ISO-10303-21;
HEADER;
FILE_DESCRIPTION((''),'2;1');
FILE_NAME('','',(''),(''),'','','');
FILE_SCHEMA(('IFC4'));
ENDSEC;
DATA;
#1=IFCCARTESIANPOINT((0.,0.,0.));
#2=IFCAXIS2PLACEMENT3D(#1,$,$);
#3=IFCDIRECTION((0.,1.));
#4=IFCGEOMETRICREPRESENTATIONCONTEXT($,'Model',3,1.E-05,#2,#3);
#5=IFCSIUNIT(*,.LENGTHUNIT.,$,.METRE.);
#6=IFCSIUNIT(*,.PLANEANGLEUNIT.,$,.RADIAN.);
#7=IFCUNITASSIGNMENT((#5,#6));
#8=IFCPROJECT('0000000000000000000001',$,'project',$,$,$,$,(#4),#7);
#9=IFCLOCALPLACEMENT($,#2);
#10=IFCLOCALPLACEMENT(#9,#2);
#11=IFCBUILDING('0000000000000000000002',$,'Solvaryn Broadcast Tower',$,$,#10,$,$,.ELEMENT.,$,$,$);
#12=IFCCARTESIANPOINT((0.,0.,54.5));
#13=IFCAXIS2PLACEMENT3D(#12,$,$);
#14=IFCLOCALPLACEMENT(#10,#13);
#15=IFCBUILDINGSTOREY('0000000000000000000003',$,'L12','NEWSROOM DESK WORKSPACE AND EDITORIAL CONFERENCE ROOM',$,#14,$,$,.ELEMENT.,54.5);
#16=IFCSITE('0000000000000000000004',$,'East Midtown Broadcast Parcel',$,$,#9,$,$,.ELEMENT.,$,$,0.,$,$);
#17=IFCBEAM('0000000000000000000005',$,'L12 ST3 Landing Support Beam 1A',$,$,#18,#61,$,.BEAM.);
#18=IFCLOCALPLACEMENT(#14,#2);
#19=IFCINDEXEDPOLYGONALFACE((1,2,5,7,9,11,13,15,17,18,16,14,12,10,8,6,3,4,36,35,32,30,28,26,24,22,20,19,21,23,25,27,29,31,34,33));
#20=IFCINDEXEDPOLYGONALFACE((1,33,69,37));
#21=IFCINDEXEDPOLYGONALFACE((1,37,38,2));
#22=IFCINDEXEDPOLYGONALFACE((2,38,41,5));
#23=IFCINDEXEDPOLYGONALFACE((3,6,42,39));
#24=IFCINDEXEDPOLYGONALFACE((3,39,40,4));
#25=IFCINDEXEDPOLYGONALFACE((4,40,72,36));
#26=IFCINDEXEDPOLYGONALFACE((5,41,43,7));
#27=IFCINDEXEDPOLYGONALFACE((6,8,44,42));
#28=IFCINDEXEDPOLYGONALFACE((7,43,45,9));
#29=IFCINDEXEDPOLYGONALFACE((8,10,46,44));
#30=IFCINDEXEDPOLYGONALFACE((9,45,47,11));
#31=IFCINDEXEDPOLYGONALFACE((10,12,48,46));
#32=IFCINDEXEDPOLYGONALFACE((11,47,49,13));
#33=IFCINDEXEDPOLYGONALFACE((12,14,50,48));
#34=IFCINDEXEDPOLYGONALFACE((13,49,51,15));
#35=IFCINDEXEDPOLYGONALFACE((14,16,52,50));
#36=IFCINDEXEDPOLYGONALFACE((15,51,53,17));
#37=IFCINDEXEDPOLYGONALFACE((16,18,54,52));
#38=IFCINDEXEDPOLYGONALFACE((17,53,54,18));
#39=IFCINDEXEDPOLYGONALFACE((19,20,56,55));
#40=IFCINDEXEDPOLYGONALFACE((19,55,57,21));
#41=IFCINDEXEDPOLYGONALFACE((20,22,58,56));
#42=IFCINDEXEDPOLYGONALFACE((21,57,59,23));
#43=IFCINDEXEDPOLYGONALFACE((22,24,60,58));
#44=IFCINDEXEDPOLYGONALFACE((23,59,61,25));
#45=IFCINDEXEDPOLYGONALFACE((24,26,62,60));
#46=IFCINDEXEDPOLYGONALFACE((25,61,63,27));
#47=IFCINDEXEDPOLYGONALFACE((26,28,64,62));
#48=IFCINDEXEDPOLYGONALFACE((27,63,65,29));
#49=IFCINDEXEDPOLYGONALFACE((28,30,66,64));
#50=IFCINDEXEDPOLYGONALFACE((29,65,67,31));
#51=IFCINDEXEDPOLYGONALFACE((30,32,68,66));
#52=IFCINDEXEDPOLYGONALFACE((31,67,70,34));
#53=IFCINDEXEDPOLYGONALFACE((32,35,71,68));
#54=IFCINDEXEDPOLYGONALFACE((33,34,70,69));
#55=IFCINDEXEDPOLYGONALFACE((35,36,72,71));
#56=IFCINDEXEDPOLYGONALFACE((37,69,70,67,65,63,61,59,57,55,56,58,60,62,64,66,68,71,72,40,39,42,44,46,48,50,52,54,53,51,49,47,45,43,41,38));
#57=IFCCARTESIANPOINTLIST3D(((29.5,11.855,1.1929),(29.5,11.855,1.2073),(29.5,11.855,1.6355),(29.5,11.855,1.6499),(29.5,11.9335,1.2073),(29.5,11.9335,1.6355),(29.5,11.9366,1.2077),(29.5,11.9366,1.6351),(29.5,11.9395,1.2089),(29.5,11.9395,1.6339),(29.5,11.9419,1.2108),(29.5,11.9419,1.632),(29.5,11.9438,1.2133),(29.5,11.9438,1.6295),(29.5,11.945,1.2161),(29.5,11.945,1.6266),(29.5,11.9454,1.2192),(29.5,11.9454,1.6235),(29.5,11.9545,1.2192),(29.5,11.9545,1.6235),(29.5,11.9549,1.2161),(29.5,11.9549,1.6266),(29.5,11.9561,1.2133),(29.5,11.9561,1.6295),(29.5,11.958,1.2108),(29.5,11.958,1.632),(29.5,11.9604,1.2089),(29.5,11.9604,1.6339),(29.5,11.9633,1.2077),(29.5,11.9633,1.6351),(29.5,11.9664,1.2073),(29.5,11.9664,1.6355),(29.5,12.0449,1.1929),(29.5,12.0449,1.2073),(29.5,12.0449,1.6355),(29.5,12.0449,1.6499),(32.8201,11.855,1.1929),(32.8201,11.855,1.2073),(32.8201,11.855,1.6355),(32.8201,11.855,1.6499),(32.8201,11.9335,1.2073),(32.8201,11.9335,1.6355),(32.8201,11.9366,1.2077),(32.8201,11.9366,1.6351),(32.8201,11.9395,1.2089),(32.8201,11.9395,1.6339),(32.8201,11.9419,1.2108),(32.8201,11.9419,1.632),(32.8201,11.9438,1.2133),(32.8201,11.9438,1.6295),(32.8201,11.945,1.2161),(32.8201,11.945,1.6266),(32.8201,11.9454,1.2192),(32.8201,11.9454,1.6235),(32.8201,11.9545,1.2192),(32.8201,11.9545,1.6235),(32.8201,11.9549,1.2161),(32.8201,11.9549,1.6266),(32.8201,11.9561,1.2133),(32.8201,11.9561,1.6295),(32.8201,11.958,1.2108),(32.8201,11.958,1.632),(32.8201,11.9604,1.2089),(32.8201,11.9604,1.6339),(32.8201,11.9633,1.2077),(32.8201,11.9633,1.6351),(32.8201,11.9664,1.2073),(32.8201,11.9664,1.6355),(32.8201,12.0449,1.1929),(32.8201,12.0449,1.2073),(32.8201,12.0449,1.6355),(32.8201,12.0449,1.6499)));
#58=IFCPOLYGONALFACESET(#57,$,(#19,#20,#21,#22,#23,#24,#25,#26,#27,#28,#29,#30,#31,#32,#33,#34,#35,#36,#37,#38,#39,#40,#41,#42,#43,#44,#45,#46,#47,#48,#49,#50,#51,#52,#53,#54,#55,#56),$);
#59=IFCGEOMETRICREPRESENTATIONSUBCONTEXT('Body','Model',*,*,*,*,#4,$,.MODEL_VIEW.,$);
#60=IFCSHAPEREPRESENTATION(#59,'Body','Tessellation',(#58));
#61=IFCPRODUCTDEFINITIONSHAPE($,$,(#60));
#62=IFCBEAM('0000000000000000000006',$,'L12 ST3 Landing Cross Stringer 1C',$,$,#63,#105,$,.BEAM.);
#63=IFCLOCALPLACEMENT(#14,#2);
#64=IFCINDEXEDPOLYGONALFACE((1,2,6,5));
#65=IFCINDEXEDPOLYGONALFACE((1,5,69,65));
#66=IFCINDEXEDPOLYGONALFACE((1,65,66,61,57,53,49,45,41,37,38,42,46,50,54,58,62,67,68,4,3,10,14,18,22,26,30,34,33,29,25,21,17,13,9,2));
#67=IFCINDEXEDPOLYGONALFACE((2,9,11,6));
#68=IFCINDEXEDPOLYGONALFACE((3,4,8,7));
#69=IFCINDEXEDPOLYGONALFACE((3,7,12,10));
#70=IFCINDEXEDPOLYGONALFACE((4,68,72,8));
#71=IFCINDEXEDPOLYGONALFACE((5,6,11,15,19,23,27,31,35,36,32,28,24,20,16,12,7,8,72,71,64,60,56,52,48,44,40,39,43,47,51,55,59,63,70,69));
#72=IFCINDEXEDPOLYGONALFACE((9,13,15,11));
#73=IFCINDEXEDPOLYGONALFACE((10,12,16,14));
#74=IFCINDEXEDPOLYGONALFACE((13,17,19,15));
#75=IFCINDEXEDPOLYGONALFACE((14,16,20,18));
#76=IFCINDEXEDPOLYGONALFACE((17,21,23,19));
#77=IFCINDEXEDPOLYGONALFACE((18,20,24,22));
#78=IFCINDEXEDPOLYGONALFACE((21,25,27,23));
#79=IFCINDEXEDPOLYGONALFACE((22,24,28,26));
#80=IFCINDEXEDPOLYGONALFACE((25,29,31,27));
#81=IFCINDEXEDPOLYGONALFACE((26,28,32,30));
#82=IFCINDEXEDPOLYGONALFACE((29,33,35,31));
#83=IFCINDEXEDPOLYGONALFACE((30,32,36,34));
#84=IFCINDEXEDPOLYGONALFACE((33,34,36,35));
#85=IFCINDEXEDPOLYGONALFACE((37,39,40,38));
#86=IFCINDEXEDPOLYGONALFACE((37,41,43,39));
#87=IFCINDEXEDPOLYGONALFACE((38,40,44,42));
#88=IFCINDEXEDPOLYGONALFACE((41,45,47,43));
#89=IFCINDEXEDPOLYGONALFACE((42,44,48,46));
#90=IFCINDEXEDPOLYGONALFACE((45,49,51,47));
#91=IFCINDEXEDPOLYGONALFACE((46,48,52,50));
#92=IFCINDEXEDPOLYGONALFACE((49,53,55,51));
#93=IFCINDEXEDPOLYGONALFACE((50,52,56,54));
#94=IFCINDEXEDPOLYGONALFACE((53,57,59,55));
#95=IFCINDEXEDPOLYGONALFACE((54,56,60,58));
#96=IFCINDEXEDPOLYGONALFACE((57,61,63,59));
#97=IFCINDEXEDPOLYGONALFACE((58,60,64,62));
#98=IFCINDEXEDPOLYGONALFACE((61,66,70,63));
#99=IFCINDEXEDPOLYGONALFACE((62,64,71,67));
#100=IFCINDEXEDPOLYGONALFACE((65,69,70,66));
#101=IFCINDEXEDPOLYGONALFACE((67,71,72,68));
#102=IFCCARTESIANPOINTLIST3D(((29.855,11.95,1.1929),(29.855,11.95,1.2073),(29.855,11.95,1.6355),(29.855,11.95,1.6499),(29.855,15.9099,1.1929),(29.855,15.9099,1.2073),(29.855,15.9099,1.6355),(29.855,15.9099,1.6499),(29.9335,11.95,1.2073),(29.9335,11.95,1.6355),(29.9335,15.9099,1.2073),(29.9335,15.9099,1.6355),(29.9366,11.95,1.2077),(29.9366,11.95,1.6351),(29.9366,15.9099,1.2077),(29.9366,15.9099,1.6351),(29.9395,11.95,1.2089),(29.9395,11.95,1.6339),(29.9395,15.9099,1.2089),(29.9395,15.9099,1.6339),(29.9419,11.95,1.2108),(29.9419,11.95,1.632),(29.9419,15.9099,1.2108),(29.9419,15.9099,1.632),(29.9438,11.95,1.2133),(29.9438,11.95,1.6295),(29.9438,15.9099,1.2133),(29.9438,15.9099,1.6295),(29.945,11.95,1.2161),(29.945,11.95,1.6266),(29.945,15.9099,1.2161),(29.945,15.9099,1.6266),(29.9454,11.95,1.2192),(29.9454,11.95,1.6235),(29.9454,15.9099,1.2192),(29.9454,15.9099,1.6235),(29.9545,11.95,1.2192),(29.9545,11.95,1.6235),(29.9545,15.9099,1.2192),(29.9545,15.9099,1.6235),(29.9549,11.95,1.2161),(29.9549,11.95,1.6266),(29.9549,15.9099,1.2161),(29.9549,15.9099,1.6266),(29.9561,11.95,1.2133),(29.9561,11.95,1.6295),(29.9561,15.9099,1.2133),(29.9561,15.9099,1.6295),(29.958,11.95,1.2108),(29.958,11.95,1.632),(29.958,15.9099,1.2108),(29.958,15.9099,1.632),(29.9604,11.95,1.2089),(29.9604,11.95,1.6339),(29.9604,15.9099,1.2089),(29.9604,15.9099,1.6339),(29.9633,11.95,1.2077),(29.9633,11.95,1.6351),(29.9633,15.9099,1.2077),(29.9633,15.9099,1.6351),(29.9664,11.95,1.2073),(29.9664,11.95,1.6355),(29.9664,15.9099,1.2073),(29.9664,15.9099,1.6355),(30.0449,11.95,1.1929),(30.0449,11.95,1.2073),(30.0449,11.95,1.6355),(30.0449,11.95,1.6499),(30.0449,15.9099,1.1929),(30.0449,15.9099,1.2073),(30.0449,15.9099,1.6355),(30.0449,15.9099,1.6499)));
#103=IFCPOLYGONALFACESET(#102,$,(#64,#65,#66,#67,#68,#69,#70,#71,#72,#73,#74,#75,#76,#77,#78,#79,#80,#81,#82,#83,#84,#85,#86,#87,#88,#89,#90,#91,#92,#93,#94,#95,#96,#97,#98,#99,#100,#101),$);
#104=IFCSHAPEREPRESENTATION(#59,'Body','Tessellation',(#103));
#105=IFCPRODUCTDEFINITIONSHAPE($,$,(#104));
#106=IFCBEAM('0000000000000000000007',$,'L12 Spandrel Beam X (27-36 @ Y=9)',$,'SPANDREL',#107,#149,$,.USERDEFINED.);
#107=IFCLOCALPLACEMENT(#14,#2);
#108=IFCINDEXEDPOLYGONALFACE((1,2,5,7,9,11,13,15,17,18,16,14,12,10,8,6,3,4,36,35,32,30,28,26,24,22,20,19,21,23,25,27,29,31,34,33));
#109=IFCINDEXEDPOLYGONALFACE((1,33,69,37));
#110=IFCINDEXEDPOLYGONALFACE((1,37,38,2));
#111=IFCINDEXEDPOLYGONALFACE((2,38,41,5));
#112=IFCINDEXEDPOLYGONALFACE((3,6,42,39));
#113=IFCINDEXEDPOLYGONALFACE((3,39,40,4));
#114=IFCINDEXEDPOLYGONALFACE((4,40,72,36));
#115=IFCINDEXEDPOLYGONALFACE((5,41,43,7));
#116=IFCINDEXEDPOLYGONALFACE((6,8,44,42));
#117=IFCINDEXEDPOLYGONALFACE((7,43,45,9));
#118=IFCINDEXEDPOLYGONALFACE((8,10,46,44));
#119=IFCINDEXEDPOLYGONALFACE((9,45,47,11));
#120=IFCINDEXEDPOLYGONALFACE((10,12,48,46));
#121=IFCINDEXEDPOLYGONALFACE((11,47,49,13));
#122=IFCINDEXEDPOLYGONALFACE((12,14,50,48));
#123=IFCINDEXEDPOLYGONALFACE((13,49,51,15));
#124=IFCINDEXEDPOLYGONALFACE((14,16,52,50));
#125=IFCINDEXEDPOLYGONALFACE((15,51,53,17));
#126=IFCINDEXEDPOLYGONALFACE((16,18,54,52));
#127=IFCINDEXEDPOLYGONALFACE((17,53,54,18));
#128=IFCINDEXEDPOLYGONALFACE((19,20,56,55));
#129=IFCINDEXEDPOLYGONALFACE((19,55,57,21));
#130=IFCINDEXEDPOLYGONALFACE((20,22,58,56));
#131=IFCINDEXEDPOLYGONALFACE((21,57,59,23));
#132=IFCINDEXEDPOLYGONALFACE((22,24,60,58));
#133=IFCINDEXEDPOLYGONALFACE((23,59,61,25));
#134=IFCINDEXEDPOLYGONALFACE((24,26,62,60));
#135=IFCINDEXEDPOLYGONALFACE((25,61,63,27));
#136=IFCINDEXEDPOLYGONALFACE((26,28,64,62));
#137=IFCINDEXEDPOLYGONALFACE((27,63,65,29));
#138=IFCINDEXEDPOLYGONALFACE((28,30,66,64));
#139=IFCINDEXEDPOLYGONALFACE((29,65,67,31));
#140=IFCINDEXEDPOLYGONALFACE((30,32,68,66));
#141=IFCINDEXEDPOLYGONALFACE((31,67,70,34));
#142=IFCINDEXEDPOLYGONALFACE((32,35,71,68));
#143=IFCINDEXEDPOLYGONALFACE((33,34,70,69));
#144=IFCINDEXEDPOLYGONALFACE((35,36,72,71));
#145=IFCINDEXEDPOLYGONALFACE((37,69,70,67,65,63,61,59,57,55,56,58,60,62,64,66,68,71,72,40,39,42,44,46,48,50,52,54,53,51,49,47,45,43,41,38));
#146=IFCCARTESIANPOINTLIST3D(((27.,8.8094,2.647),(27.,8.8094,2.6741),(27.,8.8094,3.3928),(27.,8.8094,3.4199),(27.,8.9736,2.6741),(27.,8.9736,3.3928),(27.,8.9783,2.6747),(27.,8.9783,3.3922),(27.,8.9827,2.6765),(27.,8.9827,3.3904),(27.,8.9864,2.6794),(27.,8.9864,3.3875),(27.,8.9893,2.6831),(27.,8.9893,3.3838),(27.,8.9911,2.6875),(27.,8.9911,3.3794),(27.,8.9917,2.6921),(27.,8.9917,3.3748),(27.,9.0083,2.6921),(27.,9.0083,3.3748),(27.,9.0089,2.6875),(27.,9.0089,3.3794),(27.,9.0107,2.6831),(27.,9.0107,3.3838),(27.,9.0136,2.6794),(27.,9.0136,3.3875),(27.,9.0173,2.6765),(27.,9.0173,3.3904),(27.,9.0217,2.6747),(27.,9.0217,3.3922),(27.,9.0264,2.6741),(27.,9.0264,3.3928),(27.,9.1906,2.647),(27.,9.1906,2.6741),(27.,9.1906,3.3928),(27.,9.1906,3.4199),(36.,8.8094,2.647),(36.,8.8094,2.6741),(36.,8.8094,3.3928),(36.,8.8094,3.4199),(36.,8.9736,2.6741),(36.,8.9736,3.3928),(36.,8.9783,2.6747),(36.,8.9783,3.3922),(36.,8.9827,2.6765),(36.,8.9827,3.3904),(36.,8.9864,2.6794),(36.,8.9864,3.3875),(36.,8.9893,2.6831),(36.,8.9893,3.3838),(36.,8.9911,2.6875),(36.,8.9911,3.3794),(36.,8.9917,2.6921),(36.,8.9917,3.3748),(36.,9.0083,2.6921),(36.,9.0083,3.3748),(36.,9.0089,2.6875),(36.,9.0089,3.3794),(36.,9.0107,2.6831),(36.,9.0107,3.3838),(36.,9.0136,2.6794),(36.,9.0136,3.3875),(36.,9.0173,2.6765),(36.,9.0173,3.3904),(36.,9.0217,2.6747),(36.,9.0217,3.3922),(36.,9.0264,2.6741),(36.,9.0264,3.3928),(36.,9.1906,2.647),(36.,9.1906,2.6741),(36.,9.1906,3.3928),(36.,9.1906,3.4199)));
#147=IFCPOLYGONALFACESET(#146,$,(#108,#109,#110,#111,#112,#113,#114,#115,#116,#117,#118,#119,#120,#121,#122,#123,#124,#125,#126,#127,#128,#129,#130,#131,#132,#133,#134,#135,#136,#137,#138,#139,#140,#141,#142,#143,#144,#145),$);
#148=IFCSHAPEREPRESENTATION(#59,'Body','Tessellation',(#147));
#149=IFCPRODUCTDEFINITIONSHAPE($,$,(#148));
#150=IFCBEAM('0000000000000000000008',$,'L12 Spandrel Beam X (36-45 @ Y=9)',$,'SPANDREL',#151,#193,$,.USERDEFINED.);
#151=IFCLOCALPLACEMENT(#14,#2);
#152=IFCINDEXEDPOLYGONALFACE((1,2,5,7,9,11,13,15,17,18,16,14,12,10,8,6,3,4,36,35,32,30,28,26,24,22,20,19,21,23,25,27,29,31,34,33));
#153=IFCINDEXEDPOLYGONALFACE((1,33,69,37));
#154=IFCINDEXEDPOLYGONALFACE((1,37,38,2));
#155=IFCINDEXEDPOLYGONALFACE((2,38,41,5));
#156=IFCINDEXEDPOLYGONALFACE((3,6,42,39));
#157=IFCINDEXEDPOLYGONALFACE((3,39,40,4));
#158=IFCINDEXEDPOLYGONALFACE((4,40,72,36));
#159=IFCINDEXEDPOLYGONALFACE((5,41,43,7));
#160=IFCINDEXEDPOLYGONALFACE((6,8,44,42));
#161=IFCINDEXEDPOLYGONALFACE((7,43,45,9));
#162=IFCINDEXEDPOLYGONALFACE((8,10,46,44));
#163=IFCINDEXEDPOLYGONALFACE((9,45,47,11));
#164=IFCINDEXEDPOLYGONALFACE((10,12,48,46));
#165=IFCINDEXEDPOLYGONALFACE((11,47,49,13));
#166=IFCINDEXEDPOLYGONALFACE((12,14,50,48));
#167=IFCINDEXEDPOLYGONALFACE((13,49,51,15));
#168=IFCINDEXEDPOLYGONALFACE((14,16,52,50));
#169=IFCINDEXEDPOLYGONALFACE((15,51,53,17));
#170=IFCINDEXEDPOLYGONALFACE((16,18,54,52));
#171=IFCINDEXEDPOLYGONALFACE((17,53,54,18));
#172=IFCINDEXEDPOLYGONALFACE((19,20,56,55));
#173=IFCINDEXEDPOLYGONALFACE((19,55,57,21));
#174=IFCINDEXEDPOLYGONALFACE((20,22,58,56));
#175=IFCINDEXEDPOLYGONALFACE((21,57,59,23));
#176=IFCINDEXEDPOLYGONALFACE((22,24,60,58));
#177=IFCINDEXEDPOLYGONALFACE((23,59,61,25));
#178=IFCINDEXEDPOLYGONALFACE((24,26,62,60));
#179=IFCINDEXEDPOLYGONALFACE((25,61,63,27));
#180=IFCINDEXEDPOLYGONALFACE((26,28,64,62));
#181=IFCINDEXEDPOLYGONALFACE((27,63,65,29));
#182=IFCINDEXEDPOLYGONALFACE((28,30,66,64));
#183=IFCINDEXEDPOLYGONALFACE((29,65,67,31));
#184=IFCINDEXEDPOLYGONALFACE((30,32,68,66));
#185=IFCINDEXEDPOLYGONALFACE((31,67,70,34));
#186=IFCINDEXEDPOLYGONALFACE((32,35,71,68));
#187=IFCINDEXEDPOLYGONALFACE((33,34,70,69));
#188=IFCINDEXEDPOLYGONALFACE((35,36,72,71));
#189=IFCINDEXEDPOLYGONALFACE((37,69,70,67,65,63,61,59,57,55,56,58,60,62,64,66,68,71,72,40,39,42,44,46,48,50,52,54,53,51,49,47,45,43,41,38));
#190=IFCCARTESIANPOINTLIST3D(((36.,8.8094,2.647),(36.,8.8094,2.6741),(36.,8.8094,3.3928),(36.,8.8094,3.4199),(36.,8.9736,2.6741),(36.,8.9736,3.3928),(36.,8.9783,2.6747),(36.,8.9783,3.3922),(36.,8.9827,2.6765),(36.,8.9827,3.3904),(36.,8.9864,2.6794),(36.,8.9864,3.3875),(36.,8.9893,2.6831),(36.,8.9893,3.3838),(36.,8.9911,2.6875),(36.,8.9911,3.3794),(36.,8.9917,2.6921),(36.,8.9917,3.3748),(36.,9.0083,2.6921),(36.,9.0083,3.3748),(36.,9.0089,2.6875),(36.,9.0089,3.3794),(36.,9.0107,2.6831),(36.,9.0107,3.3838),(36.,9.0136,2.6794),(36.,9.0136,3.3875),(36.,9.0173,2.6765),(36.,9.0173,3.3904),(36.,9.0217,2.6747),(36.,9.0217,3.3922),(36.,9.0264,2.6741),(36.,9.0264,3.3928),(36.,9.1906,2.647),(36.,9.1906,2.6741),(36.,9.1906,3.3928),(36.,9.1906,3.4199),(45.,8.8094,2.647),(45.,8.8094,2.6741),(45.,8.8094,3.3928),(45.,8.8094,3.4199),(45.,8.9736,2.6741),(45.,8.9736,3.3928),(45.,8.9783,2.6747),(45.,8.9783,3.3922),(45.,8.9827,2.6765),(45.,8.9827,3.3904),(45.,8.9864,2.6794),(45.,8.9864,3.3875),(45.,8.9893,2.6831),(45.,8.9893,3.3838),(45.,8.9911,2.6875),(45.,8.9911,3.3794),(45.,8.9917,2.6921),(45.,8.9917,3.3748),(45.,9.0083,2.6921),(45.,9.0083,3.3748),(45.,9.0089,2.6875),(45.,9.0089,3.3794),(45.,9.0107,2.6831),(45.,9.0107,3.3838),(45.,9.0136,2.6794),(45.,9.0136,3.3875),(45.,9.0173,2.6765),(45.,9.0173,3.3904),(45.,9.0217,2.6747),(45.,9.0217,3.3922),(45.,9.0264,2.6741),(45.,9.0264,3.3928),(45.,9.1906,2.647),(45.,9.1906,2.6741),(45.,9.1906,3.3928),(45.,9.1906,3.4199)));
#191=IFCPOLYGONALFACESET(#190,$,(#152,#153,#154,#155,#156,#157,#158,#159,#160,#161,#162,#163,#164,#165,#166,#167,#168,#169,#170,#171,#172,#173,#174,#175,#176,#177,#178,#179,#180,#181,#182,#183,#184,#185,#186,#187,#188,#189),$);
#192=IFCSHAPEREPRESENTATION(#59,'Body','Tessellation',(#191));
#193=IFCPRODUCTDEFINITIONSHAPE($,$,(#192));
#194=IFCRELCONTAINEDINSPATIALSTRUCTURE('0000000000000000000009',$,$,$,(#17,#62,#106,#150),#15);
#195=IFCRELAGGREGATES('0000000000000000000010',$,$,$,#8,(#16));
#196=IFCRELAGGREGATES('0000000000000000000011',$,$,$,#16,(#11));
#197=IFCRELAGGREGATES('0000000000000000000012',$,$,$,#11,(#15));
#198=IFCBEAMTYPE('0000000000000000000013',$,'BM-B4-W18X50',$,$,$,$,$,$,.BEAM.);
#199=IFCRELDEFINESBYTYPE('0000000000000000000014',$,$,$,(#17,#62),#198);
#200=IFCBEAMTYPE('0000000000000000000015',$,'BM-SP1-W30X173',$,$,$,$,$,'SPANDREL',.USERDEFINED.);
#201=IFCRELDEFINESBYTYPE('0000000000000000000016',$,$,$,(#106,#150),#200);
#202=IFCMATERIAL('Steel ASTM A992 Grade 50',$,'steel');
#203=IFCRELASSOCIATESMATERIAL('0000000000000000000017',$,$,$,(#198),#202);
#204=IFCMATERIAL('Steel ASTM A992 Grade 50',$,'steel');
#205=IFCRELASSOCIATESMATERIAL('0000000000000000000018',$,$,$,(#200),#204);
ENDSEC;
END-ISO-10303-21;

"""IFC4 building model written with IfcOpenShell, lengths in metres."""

from ifc_helpers import new_model, si_unit, direction, frame, origin, origin_2d, place, context, subcontext, project, spatial, i_section, extrude, material, material_profile, profile_set, type_object, element, save


model = new_model("IFC4")

# Units and contexts
model_context = context("Model", 3, precision=1e-05, world=origin(), true_north=direction((0.0, 1.0)))
body_context = subcontext(model_context, "Body", "Model", "MODEL_VIEW")
ifc_project = project(units=[si_unit("LENGTHUNIT", "METRE"), si_unit("PLANEANGLEUNIT", "RADIAN")], contexts=[model_context])

# Site, building, storey
site_placement = place(None, origin())
site = spatial("IfcSite", under=ifc_project, at=site_placement, Name="East Midtown Broadcast Parcel", CompositionType="ELEMENT", RefElevation=0.0)
building_placement = place(site_placement, origin())
building = spatial("IfcBuilding", under=site, at=building_placement, Name="Solvaryn Broadcast Tower", CompositionType="ELEMENT")
storey_placement = place(building_placement, frame((0.0, 0.0, 54.5)))
storey = spatial("IfcBuildingStorey", under=building, at=storey_placement, Name="L12", Description="NEWSROOM DESK WORKSPACE AND EDITORIAL CONFERENCE ROOM", CompositionType="ELEMENT", Elevation=54.5)

# Beams
ifc_material_1 = material(Name="Steel ASTM A992 Grade 50", Category="steel")
ifc_material_profile_1 = material_profile(ifc_material_1, i_section(OverallWidth=0.1899, OverallDepth=0.457, WebThickness=0.009, FlangeThickness=0.0144, FilletRadius=0.012, at=origin_2d()))
ifc_profile_set_1 = profile_set([ifc_material_profile_1], Name="Steel ASTM A992 Grade 50")
beam_type_1 = type_object("IfcBeamType", Name="BM-B4-W18X50", PredefinedType="BEAM", material=ifc_profile_set_1)
beam_1_placement = place(storey_placement, frame((29.5, 11.95, 1.4214), z_axis=(1.0, 0.0, 0.0), x_axis=(0.0, 1.0, 0.0)))
element("IfcBeam", 1, at=beam_1_placement, inside=storey, type_object=beam_type_1, Name="L12 ST3 Landing Support Beam 1A", PredefinedType="BEAM", context=body_context, shape_type="SweptSolid", body=[
    extrude(i_section(OverallWidth=0.1899, OverallDepth=0.457, WebThickness=0.009, FlangeThickness=0.0144, FilletRadius=0.012, at=origin_2d()), origin(), (0.0, 0.0, 1.0), 3.3201),
])
beam_2_placement = place(storey_placement, frame((29.95, 11.95, 1.4214), z_axis=(0.0, 1.0, 0.0), x_axis=(-1.0, 0.0, 0.0)))
element("IfcBeam", 2, at=beam_2_placement, inside=storey, type_object=beam_type_1, Name="L12 ST3 Landing Cross Stringer 1C", PredefinedType="BEAM", context=body_context, shape_type="SweptSolid", body=[
    extrude(i_section(OverallWidth=0.1899, OverallDepth=0.457, WebThickness=0.009, FlangeThickness=0.0144, FilletRadius=0.012, at=origin_2d()), origin(), (0.0, 0.0, 1.0), 3.96),
])
ifc_material_2 = material(Name="Steel ASTM A992 Grade 50", Category="steel")
ifc_material_profile_2 = material_profile(ifc_material_2, i_section(OverallWidth=0.3811, OverallDepth=0.7729, WebThickness=0.0166, FlangeThickness=0.0271, FilletRadius=0.0181, at=origin_2d()))
ifc_profile_set_2 = profile_set([ifc_material_profile_2], Name="Steel ASTM A992 Grade 50")
beam_type_2 = type_object("IfcBeamType", Name="BM-SP1-W30X173", ElementType="SPANDREL", PredefinedType="USERDEFINED", material=ifc_profile_set_2)
for number, where, z_axis, x_axis, name in (
    (3, (27.0, 9.0, 3.0334), (1.0, 0.0, 0.0), (0.0, 1.0, 0.0), "L12 Spandrel Beam X (27-36 @ Y=9)"),
    (4, (36.0, 9.0, 3.0334), (1.0, 0.0, 0.0), (0.0, 1.0, 0.0), "L12 Spandrel Beam X (36-45 @ Y=9)"),
):
    element("IfcBeam", number, at=place(storey_placement, frame(where, z_axis=z_axis, x_axis=x_axis)), inside=storey, type_object=beam_type_2, Name=name, ObjectType="SPANDREL", PredefinedType="USERDEFINED", context=body_context, shape_type="SweptSolid", body=[
        extrude(i_section(OverallWidth=0.3811, OverallDepth=0.7729, WebThickness=0.0166, FlangeThickness=0.0271, FilletRadius=0.0181, at=origin_2d()), origin(), (0.0, 0.0, 1.0), 9.0),
    ])

save(model, "model.ifc")
